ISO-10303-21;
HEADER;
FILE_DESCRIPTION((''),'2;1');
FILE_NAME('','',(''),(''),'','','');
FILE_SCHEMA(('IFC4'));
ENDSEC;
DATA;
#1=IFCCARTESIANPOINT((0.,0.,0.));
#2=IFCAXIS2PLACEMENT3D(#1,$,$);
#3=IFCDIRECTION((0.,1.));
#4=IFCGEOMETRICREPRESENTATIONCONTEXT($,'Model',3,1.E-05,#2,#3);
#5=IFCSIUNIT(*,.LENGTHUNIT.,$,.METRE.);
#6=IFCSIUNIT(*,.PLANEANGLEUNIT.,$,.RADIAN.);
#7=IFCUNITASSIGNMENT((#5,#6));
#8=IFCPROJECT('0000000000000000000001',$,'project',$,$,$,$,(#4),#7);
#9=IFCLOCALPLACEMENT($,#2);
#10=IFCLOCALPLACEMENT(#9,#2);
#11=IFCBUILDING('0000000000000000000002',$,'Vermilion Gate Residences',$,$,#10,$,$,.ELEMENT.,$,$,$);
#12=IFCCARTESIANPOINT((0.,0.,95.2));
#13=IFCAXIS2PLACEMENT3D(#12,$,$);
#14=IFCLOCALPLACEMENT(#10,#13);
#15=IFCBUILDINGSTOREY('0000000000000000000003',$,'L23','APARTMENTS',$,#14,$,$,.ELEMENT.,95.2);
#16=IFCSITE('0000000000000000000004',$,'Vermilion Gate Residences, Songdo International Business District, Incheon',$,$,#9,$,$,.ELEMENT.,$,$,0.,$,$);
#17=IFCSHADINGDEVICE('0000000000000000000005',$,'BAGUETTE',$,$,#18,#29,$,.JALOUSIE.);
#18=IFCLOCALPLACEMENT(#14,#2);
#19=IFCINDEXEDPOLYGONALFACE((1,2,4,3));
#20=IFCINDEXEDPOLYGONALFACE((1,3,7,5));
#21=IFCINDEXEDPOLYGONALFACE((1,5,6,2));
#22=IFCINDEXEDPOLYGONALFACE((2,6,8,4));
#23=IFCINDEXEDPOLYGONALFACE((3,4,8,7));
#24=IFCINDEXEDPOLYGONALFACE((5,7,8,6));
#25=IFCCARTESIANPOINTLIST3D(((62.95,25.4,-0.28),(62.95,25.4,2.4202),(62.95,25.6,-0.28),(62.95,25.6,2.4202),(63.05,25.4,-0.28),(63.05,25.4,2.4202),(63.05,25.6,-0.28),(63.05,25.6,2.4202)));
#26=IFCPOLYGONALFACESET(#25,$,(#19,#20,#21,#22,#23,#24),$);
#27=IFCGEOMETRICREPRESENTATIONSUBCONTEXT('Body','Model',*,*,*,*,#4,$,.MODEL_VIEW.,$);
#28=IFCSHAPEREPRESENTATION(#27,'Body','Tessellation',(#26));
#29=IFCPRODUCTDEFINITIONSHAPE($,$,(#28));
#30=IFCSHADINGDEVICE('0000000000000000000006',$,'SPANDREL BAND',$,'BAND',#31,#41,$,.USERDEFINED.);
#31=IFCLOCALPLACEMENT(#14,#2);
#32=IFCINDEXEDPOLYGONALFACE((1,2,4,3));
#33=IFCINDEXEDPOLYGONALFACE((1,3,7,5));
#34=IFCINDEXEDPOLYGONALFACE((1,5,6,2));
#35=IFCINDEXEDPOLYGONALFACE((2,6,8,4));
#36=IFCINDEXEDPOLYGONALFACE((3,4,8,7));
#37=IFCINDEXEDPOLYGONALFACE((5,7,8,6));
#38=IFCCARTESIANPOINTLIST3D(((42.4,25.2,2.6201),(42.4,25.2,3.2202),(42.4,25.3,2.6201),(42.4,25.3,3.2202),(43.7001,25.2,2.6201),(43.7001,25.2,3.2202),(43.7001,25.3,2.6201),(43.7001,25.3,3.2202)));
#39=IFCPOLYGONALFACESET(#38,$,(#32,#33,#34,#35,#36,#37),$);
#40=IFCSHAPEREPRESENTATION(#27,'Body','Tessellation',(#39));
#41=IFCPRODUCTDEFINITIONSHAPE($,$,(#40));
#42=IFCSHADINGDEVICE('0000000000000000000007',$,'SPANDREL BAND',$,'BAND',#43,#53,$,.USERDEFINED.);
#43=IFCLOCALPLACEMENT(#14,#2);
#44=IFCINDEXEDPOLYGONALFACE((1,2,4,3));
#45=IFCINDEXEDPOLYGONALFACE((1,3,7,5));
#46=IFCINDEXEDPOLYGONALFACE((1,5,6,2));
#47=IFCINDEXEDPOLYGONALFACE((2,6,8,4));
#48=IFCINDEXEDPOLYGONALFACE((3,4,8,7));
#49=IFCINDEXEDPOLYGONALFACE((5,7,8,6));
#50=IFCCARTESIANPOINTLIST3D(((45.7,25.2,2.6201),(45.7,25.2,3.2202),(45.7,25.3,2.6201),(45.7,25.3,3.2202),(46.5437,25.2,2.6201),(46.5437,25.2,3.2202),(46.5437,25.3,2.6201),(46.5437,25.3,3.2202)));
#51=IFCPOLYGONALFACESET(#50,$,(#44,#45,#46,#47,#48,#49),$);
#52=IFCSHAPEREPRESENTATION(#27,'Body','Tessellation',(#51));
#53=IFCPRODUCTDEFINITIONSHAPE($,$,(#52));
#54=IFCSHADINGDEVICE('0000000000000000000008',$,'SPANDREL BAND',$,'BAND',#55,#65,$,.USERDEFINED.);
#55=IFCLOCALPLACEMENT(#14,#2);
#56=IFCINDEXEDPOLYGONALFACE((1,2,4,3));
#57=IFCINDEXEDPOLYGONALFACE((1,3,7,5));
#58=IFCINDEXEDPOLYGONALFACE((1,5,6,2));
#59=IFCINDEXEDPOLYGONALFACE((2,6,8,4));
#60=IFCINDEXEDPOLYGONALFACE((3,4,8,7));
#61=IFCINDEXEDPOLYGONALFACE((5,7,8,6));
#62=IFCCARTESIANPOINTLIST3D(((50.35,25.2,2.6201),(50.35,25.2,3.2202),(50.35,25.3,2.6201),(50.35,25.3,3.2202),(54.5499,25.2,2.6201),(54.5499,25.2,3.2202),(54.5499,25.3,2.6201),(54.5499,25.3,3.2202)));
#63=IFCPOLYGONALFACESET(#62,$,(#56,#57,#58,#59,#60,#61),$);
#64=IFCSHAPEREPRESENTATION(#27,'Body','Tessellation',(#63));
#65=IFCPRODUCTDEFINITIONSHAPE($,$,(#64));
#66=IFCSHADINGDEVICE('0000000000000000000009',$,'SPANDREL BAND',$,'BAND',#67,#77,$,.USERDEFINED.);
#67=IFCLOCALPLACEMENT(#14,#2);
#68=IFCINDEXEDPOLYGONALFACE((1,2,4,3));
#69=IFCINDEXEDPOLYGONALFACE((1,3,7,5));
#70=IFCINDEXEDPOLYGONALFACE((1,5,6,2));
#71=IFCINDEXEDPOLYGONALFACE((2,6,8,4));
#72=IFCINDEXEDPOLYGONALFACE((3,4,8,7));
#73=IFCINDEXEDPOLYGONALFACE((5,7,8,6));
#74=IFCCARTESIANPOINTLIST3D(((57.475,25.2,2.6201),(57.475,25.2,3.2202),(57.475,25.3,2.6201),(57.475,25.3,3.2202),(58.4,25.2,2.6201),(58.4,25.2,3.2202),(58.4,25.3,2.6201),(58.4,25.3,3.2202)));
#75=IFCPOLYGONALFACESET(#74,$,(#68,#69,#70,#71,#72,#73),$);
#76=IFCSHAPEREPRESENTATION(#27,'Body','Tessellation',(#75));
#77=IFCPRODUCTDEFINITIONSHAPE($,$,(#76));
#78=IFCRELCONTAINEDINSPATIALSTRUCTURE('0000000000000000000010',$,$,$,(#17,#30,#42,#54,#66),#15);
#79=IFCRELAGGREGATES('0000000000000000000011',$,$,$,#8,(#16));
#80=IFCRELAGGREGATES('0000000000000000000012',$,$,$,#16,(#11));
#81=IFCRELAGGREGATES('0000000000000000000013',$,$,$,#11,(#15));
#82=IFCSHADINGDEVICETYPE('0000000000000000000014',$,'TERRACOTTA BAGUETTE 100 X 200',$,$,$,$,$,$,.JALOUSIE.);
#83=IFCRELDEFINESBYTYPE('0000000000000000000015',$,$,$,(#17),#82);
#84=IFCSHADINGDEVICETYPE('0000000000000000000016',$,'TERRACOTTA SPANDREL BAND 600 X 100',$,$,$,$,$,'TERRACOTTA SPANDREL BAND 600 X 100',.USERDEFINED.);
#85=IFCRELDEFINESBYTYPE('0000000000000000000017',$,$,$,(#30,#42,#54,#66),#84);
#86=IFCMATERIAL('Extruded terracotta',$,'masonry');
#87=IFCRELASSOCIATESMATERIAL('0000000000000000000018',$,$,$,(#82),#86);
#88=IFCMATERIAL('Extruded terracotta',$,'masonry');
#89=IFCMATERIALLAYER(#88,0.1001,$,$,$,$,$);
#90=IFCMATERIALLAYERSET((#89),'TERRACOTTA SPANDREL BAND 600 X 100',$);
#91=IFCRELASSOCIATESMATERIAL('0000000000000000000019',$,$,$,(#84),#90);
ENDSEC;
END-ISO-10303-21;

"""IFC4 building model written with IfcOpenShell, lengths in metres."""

from ifc_helpers import new_model, si_unit, direction, frame, origin, origin_2d, place, context, subcontext, project, spatial, rectangle, extrude, material, layer, layer_set, material_profile, profile_set, type_object, element, save


model = new_model("IFC4")

# Units and contexts
model_context = context("Model", 3, precision=1e-05, world=origin(), true_north=direction((0.0, 1.0)))
body_context = subcontext(model_context, "Body", "Model", "MODEL_VIEW")
ifc_project = project(units=[si_unit("LENGTHUNIT", "METRE"), si_unit("PLANEANGLEUNIT", "RADIAN")], contexts=[model_context])

# Site, building, storey
site_placement = place(None, origin())
site = spatial("IfcSite", under=ifc_project, at=site_placement, Name="Vermilion Gate Residences, Songdo International Business District, Incheon", CompositionType="ELEMENT", RefElevation=0.0)
building_placement = place(site_placement, origin())
building = spatial("IfcBuilding", under=site, at=building_placement, Name="Vermilion Gate Residences", CompositionType="ELEMENT")
storey_placement = place(building_placement, frame((0.0, 0.0, 95.2)))
storey = spatial("IfcBuildingStorey", under=building, at=storey_placement, Name="L23", Description="APARTMENTS", CompositionType="ELEMENT", Elevation=95.2)

# Shading devices
ifc_material_1 = material(Name="Extruded terracotta", Category="masonry")
ifc_material_profile_1 = material_profile(ifc_material_1, rectangle(XDim=0.2, YDim=0.1001, at=origin_2d()), Name="BAGUETTE 100 X 200")
ifc_profile_set_1 = profile_set([ifc_material_profile_1], Name="Extruded terracotta")
shading_device_type_1 = type_object("IfcShadingDeviceType", Name="TERRACOTTA BAGUETTE 100 X 200", PredefinedType="JALOUSIE", material=ifc_profile_set_1)
for number, where, z_axis, x_axis, name in (
    (1, (63.0, 25.5, -0.28), (0.0, 0.0, 1.0), (0.0, -1.0, 0.0), "BAGUETTE"),
):
    element("IfcShadingDevice", number, at=place(storey_placement, frame(where, z_axis=z_axis, x_axis=x_axis)), inside=storey, type_object=shading_device_type_1, Name=name, PredefinedType="JALOUSIE", context=body_context, shape_type="SweptSolid", body=[
        extrude(rectangle(XDim=0.2, YDim=0.1001, at=origin_2d()), origin(), (0.0, 0.0, 1.0), 2.7002),
    ])
ifc_material_2 = material(Name="Extruded terracotta", Category="masonry")
ifc_layer_1 = layer(ifc_material_2, 0.1001)
ifc_layer_set_1 = layer_set([ifc_layer_1], Name="TERRACOTTA SPANDREL BAND 600 X 100")
shading_device_type_2 = type_object("IfcShadingDeviceType", Name="TERRACOTTA SPANDREL BAND 600 X 100", ElementType="TERRACOTTA SPANDREL BAND 600 X 100", PredefinedType="USERDEFINED", material=ifc_layer_set_1)
shading_device_1_placement = place(storey_placement, frame((43.05, 25.25, 2.6201), z_axis=(0.0, 0.0, 1.0), x_axis=(1.0, 0.0, 0.0)))
element("IfcShadingDevice", 2, at=shading_device_1_placement, inside=storey, type_object=shading_device_type_2, Name="SPANDREL BAND", ObjectType="BAND", PredefinedType="USERDEFINED", context=body_context, shape_type="SweptSolid", body=[
    extrude(rectangle(XDim=1.3, YDim=0.1001, at=origin_2d()), origin(), (0.0, 0.0, 1.0), 0.6001),
])
shading_device_2_placement = place(storey_placement, frame((46.1218, 25.25, 2.6201), z_axis=(0.0, 0.0, 1.0), x_axis=(1.0, 0.0, 0.0)))
element("IfcShadingDevice", 3, at=shading_device_2_placement, inside=storey, type_object=shading_device_type_2, Name="SPANDREL BAND", ObjectType="BAND", PredefinedType="USERDEFINED", context=body_context, shape_type="SweptSolid", body=[
    extrude(rectangle(XDim=0.8438, YDim=0.1001, at=origin_2d()), origin(), (0.0, 0.0, 1.0), 0.6001),
])
shading_device_3_placement = place(storey_placement, frame((52.45, 25.25, 2.6201), z_axis=(0.0, 0.0, 1.0), x_axis=(1.0, 0.0, 0.0)))
element("IfcShadingDevice", 4, at=shading_device_3_placement, inside=storey, type_object=shading_device_type_2, Name="SPANDREL BAND", ObjectType="BAND", PredefinedType="USERDEFINED", context=body_context, shape_type="SweptSolid", body=[
    extrude(rectangle(XDim=4.2, YDim=0.1001, at=origin_2d()), origin(), (0.0, 0.0, 1.0), 0.6001),
])
shading_device_4_placement = place(storey_placement, frame((57.9375, 25.25, 2.6201), z_axis=(0.0, 0.0, 1.0), x_axis=(1.0, 0.0, 0.0)))
element("IfcShadingDevice", 5, at=shading_device_4_placement, inside=storey, type_object=shading_device_type_2, Name="SPANDREL BAND", ObjectType="BAND", PredefinedType="USERDEFINED", context=body_context, shape_type="SweptSolid", body=[
    extrude(rectangle(XDim=0.925, YDim=0.1001, at=origin_2d()), origin(), (0.0, 0.0, 1.0), 0.6001),
])

save(model, "model.ifc")
